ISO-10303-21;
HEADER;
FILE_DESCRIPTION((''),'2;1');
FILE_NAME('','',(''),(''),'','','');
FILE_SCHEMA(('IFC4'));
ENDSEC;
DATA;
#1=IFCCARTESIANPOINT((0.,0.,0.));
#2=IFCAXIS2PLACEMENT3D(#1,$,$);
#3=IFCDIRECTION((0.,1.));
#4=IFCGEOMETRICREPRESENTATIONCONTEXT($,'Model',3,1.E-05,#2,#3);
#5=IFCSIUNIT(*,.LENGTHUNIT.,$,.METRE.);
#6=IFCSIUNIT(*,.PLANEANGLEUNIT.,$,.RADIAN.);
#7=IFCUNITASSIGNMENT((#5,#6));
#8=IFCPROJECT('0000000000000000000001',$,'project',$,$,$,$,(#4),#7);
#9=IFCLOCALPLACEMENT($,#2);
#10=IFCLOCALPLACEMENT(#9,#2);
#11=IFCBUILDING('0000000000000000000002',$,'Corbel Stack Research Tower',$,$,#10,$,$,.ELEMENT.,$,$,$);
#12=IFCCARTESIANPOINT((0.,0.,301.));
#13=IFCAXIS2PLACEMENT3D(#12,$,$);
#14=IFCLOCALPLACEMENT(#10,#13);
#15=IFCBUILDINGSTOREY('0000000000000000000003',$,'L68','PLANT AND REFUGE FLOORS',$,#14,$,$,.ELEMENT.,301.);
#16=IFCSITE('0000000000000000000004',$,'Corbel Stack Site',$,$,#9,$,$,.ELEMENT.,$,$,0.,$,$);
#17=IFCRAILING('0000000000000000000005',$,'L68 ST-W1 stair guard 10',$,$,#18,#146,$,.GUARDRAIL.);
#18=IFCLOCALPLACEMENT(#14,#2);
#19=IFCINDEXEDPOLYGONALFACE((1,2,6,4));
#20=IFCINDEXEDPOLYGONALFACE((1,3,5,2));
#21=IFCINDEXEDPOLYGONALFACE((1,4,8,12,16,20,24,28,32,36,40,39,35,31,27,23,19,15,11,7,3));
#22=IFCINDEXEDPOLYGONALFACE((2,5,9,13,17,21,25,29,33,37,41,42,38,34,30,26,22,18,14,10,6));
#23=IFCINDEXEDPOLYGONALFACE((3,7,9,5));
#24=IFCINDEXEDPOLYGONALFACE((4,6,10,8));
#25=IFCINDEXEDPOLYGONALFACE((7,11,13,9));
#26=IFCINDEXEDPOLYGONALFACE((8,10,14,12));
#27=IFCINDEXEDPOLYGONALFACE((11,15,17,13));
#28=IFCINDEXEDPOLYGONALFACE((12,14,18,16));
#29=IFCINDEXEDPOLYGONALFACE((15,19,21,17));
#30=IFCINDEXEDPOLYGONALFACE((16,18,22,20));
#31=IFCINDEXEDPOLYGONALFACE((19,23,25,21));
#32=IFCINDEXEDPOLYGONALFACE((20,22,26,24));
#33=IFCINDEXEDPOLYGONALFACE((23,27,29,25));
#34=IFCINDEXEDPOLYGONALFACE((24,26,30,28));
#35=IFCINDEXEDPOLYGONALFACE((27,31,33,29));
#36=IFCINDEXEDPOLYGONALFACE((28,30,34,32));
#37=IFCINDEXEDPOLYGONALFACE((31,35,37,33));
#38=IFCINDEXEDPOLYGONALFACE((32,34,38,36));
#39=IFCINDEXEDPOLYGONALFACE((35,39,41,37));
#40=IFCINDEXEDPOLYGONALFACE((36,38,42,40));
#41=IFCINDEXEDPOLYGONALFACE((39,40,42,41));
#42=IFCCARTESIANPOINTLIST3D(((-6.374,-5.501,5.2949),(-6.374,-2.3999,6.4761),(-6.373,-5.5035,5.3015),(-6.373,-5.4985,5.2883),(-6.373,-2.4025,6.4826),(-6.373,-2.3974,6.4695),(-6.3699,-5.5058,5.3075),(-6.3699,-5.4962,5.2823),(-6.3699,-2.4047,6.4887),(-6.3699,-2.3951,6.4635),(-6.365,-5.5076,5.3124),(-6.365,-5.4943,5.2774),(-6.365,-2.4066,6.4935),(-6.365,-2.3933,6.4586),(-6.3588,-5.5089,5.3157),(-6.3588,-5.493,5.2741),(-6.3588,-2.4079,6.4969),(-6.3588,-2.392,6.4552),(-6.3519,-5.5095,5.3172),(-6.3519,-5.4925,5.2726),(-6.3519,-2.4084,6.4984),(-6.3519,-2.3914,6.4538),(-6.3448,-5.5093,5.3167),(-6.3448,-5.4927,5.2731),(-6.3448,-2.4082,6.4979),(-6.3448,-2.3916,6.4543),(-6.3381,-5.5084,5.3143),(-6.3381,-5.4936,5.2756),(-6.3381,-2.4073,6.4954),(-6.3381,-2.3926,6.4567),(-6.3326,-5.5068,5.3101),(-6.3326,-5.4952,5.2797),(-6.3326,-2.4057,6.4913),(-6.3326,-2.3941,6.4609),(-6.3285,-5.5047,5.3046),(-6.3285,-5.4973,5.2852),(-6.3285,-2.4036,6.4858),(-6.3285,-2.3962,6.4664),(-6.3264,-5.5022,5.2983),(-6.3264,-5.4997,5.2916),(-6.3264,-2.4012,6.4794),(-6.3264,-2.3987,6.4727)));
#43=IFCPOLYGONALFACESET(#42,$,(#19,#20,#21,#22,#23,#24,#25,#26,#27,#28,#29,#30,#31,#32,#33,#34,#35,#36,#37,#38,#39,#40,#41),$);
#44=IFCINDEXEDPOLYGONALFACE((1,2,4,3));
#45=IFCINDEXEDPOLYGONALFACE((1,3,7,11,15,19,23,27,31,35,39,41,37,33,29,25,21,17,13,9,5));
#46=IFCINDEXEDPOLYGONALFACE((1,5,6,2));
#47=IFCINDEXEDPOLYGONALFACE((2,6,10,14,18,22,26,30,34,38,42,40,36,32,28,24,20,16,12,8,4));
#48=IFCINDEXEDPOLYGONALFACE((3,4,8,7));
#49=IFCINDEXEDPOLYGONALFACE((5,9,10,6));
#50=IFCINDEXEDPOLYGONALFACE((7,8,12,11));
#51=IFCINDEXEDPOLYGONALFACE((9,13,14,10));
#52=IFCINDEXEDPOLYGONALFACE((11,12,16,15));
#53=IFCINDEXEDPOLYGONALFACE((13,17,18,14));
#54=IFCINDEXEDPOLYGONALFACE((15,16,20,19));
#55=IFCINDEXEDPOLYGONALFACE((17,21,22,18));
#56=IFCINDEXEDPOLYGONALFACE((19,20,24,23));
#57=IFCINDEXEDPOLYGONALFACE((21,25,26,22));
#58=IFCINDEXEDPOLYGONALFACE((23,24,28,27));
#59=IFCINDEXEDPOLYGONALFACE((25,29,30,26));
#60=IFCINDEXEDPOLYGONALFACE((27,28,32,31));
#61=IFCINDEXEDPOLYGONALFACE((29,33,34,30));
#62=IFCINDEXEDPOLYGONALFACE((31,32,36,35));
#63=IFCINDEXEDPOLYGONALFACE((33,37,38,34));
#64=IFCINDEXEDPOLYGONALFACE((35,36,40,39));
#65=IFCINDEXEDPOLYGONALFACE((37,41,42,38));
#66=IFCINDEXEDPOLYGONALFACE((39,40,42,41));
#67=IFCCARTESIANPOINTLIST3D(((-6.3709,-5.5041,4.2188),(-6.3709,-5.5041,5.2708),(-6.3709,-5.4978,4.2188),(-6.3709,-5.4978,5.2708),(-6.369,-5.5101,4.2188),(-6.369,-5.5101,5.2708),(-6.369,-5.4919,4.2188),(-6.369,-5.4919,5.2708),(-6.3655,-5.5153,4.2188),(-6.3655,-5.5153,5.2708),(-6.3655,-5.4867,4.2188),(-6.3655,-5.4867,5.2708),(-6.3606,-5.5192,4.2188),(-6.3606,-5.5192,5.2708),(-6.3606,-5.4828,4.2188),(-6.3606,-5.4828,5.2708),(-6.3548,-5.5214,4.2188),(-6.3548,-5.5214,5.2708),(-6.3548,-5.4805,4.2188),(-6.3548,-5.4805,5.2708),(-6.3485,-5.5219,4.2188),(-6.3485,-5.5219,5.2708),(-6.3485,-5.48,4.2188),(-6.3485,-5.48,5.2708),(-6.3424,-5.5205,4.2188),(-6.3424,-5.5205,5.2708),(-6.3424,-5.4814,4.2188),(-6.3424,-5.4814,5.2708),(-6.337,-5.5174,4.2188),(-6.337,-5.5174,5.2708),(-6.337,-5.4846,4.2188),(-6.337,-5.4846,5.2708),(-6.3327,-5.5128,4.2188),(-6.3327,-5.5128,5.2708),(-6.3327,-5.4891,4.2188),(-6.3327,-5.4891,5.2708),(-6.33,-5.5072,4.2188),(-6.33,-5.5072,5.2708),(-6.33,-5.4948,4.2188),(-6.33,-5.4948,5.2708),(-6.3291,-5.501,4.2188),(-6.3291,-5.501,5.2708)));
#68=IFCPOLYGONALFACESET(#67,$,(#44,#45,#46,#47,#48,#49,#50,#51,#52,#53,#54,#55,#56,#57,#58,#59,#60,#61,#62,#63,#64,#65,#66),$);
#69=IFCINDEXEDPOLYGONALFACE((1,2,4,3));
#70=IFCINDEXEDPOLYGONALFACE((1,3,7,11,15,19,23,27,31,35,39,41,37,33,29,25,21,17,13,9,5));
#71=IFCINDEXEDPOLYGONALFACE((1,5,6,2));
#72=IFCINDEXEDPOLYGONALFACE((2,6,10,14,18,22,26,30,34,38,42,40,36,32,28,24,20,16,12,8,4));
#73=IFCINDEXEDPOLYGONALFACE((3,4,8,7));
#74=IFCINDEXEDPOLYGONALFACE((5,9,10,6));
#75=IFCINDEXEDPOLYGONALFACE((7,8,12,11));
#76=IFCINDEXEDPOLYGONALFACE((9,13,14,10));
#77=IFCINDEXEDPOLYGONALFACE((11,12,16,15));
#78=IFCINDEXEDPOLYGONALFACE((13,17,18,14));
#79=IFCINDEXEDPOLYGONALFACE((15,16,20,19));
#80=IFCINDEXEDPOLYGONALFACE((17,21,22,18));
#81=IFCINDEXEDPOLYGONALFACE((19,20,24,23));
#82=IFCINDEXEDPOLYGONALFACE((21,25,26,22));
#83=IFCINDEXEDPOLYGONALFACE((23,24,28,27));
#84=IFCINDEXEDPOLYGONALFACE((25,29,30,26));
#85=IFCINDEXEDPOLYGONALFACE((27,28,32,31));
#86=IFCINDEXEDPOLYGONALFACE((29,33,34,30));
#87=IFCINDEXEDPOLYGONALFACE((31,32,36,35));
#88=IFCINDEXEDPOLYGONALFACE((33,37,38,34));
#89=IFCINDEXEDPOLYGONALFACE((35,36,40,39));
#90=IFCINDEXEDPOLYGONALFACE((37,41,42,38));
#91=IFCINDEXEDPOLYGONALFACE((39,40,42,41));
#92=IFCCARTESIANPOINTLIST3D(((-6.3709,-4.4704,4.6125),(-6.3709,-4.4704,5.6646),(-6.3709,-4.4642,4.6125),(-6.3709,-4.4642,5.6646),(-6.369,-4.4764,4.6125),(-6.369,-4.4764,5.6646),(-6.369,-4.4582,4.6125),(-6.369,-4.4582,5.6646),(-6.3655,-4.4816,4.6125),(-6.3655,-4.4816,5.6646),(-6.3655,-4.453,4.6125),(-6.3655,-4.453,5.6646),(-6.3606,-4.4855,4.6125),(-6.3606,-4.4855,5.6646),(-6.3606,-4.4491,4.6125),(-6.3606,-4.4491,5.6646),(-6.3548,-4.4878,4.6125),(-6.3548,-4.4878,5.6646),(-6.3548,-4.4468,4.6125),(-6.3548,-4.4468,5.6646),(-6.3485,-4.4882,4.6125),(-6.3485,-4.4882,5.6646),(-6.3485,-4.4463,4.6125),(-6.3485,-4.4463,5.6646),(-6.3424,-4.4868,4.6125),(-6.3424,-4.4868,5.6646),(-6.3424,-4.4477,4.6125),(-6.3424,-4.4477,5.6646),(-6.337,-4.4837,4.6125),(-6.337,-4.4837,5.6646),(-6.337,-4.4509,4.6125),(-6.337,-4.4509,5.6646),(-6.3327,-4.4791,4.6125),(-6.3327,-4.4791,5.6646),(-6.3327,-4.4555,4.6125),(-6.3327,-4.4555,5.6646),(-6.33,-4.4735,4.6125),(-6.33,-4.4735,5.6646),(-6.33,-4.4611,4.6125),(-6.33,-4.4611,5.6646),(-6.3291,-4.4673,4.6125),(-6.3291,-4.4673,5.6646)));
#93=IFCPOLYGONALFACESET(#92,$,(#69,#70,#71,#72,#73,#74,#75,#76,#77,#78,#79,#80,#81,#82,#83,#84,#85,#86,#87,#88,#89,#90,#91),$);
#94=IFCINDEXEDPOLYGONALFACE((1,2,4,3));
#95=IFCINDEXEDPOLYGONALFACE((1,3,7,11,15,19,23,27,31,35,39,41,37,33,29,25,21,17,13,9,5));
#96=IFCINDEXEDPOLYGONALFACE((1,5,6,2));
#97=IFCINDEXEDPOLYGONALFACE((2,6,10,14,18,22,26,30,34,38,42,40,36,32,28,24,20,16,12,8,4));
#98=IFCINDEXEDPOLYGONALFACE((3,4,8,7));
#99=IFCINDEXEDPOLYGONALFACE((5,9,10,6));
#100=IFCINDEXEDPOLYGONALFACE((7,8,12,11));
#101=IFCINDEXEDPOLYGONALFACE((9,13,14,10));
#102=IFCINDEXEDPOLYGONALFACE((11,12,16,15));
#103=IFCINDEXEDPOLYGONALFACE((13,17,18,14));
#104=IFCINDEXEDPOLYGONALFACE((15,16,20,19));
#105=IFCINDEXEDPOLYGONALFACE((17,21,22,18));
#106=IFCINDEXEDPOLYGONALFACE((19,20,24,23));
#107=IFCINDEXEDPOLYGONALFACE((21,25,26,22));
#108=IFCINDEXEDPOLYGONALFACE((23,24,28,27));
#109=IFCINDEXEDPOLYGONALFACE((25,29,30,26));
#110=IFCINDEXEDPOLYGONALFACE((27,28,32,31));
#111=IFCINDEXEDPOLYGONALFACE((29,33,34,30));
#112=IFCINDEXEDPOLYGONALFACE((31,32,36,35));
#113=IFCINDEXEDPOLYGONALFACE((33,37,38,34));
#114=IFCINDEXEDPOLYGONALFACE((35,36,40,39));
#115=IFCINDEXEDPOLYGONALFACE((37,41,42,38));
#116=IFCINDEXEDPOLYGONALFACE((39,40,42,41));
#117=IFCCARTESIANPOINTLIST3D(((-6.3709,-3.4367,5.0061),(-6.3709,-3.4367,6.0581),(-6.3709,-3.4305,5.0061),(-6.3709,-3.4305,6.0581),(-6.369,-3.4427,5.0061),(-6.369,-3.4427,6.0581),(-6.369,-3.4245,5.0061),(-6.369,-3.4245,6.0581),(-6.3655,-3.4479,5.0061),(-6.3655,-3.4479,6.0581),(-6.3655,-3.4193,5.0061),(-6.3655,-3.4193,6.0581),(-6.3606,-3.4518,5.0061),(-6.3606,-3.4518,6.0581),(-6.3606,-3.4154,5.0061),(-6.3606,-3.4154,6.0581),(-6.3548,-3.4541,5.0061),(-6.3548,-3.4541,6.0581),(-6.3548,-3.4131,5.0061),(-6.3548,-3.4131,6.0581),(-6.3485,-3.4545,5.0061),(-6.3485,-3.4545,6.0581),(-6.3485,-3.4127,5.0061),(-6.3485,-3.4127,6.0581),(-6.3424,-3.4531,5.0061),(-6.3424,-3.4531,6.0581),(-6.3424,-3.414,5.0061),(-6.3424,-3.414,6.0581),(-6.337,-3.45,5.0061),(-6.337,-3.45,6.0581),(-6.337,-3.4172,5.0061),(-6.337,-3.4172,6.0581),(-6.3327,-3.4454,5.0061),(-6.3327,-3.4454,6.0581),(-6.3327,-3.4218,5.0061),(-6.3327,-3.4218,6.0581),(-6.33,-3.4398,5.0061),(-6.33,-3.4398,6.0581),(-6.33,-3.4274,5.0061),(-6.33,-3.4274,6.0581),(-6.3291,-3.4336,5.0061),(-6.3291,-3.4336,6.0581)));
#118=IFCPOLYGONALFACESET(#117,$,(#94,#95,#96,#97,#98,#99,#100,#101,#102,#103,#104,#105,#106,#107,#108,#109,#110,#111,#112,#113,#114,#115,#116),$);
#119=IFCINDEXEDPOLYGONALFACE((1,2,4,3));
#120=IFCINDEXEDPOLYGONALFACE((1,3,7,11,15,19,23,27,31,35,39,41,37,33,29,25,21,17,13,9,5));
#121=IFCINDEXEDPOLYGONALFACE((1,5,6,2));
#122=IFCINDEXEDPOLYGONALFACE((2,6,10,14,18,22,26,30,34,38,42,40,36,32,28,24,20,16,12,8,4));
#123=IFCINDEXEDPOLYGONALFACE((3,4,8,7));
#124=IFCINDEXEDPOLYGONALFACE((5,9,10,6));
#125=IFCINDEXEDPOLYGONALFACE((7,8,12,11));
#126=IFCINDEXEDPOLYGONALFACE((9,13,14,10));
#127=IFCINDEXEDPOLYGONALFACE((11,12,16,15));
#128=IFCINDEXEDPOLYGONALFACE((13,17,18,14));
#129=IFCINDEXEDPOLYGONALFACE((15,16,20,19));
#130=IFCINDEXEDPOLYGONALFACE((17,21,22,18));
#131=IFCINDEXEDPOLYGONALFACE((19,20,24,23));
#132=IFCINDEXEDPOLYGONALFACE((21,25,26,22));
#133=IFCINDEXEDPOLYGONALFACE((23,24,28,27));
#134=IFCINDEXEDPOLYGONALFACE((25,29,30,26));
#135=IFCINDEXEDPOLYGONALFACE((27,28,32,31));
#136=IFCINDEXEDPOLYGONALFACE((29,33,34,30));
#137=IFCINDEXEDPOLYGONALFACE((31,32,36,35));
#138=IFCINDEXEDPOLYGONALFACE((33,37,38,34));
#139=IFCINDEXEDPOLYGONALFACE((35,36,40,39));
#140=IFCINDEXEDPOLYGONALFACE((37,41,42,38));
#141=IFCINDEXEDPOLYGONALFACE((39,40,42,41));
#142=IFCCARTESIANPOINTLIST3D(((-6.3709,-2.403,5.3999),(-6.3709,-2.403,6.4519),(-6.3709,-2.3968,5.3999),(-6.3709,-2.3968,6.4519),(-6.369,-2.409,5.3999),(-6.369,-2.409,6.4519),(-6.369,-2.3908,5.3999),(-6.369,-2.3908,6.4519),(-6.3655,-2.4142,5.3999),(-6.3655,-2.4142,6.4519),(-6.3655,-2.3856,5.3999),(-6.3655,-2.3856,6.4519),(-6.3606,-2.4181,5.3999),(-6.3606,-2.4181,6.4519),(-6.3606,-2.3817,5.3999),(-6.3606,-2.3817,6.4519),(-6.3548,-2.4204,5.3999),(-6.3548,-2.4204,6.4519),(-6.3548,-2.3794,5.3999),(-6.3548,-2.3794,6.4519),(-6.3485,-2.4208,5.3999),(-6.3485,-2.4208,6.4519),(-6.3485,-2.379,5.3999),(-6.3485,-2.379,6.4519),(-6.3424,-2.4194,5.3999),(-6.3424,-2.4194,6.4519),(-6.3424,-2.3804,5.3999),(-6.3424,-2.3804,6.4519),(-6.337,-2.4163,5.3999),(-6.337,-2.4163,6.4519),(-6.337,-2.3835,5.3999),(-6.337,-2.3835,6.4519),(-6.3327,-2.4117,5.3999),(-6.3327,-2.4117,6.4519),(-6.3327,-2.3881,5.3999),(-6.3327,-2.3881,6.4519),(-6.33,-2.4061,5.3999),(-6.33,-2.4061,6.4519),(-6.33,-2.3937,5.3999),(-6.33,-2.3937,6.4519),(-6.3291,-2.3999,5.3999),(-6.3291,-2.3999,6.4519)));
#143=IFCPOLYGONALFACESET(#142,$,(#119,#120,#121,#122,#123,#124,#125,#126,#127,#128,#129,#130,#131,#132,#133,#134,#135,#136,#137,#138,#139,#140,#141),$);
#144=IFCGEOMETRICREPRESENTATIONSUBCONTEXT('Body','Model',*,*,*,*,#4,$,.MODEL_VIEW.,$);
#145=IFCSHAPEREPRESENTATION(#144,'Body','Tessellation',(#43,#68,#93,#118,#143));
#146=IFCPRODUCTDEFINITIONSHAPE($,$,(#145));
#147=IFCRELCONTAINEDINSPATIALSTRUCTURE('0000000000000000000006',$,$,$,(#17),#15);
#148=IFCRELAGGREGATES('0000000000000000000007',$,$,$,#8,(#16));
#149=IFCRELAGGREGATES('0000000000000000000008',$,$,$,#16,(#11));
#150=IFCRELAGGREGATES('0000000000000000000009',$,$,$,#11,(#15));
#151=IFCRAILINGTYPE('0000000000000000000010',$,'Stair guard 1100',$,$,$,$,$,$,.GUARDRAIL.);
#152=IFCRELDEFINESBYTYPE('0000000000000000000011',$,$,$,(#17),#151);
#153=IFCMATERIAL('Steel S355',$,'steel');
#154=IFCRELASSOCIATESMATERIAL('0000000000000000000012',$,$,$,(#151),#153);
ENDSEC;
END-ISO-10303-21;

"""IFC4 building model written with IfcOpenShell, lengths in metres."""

from ifc_helpers import new_model, si_unit, direction, frame, origin, origin_2d, place, context, subcontext, project, spatial, circle, extrude, material, type_object, element, save


model = new_model("IFC4")

# Units and contexts
model_context = context("Model", 3, precision=1e-05, world=origin(), true_north=direction((0.0, 1.0)))
body_context = subcontext(model_context, "Body", "Model", "MODEL_VIEW")
ifc_project = project(units=[si_unit("LENGTHUNIT", "METRE"), si_unit("PLANEANGLEUNIT", "RADIAN")], contexts=[model_context])

# Site, building, storey
site_placement = place(None, origin())
site = spatial("IfcSite", under=ifc_project, at=site_placement, Name="Corbel Stack Site", CompositionType="ELEMENT", RefElevation=0.0)
building_placement = place(site_placement, origin())
building = spatial("IfcBuilding", under=site, at=building_placement, Name="Corbel Stack Research Tower", CompositionType="ELEMENT")
storey_placement = place(building_placement, frame((0.0, 0.0, 301.0)))
storey = spatial("IfcBuildingStorey", under=building, at=storey_placement, Name="L68", Description="PLANT AND REFUGE FLOORS", CompositionType="ELEMENT", Elevation=301.0)

# Railing
ifc_material_1 = material(Name="Steel S355", Category="steel")
railing_type_1 = type_object("IfcRailingType", Name="Stair guard 1100", PredefinedType="GUARDRAIL", material=ifc_material_1)
railing_1_placement = place(storey_placement, frame((-6.3501, -5.501, 4.2188)))
element("IfcRailing", 1, at=railing_1_placement, inside=storey, type_object=railing_type_1, Name="L68 ST-W1 stair guard 10", PredefinedType="GUARDRAIL", context=body_context, shape_type="SweptSolid", body=[
    extrude(circle(Radius=0.0239, at=origin_2d()), frame((0.0, 0.0, 1.0762), z_axis=(0.0, 0.934509, 0.35594), x_axis=(-1.0, 0.0, 0.0)), (0.0, 0.0, 1.0), 3.3184),
    extrude(circle(Radius=0.021, at=origin_2d()), origin(), (0.0, 0.0, 1.0), 1.052),
    extrude(circle(Radius=0.021, at=origin_2d()), frame((0.0, 1.0337, 0.3938)), (0.0, 0.0, 1.0), 1.052),
    extrude(circle(Radius=0.021, at=origin_2d()), frame((0.0, 2.0674, 0.7874)), (0.0, 0.0, 1.0), 1.052),
    extrude(circle(Radius=0.021, at=origin_2d()), frame((0.0, 3.1011, 1.1812)), (0.0, 0.0, 1.0), 1.052),
])

save(model, "model.ifc")
